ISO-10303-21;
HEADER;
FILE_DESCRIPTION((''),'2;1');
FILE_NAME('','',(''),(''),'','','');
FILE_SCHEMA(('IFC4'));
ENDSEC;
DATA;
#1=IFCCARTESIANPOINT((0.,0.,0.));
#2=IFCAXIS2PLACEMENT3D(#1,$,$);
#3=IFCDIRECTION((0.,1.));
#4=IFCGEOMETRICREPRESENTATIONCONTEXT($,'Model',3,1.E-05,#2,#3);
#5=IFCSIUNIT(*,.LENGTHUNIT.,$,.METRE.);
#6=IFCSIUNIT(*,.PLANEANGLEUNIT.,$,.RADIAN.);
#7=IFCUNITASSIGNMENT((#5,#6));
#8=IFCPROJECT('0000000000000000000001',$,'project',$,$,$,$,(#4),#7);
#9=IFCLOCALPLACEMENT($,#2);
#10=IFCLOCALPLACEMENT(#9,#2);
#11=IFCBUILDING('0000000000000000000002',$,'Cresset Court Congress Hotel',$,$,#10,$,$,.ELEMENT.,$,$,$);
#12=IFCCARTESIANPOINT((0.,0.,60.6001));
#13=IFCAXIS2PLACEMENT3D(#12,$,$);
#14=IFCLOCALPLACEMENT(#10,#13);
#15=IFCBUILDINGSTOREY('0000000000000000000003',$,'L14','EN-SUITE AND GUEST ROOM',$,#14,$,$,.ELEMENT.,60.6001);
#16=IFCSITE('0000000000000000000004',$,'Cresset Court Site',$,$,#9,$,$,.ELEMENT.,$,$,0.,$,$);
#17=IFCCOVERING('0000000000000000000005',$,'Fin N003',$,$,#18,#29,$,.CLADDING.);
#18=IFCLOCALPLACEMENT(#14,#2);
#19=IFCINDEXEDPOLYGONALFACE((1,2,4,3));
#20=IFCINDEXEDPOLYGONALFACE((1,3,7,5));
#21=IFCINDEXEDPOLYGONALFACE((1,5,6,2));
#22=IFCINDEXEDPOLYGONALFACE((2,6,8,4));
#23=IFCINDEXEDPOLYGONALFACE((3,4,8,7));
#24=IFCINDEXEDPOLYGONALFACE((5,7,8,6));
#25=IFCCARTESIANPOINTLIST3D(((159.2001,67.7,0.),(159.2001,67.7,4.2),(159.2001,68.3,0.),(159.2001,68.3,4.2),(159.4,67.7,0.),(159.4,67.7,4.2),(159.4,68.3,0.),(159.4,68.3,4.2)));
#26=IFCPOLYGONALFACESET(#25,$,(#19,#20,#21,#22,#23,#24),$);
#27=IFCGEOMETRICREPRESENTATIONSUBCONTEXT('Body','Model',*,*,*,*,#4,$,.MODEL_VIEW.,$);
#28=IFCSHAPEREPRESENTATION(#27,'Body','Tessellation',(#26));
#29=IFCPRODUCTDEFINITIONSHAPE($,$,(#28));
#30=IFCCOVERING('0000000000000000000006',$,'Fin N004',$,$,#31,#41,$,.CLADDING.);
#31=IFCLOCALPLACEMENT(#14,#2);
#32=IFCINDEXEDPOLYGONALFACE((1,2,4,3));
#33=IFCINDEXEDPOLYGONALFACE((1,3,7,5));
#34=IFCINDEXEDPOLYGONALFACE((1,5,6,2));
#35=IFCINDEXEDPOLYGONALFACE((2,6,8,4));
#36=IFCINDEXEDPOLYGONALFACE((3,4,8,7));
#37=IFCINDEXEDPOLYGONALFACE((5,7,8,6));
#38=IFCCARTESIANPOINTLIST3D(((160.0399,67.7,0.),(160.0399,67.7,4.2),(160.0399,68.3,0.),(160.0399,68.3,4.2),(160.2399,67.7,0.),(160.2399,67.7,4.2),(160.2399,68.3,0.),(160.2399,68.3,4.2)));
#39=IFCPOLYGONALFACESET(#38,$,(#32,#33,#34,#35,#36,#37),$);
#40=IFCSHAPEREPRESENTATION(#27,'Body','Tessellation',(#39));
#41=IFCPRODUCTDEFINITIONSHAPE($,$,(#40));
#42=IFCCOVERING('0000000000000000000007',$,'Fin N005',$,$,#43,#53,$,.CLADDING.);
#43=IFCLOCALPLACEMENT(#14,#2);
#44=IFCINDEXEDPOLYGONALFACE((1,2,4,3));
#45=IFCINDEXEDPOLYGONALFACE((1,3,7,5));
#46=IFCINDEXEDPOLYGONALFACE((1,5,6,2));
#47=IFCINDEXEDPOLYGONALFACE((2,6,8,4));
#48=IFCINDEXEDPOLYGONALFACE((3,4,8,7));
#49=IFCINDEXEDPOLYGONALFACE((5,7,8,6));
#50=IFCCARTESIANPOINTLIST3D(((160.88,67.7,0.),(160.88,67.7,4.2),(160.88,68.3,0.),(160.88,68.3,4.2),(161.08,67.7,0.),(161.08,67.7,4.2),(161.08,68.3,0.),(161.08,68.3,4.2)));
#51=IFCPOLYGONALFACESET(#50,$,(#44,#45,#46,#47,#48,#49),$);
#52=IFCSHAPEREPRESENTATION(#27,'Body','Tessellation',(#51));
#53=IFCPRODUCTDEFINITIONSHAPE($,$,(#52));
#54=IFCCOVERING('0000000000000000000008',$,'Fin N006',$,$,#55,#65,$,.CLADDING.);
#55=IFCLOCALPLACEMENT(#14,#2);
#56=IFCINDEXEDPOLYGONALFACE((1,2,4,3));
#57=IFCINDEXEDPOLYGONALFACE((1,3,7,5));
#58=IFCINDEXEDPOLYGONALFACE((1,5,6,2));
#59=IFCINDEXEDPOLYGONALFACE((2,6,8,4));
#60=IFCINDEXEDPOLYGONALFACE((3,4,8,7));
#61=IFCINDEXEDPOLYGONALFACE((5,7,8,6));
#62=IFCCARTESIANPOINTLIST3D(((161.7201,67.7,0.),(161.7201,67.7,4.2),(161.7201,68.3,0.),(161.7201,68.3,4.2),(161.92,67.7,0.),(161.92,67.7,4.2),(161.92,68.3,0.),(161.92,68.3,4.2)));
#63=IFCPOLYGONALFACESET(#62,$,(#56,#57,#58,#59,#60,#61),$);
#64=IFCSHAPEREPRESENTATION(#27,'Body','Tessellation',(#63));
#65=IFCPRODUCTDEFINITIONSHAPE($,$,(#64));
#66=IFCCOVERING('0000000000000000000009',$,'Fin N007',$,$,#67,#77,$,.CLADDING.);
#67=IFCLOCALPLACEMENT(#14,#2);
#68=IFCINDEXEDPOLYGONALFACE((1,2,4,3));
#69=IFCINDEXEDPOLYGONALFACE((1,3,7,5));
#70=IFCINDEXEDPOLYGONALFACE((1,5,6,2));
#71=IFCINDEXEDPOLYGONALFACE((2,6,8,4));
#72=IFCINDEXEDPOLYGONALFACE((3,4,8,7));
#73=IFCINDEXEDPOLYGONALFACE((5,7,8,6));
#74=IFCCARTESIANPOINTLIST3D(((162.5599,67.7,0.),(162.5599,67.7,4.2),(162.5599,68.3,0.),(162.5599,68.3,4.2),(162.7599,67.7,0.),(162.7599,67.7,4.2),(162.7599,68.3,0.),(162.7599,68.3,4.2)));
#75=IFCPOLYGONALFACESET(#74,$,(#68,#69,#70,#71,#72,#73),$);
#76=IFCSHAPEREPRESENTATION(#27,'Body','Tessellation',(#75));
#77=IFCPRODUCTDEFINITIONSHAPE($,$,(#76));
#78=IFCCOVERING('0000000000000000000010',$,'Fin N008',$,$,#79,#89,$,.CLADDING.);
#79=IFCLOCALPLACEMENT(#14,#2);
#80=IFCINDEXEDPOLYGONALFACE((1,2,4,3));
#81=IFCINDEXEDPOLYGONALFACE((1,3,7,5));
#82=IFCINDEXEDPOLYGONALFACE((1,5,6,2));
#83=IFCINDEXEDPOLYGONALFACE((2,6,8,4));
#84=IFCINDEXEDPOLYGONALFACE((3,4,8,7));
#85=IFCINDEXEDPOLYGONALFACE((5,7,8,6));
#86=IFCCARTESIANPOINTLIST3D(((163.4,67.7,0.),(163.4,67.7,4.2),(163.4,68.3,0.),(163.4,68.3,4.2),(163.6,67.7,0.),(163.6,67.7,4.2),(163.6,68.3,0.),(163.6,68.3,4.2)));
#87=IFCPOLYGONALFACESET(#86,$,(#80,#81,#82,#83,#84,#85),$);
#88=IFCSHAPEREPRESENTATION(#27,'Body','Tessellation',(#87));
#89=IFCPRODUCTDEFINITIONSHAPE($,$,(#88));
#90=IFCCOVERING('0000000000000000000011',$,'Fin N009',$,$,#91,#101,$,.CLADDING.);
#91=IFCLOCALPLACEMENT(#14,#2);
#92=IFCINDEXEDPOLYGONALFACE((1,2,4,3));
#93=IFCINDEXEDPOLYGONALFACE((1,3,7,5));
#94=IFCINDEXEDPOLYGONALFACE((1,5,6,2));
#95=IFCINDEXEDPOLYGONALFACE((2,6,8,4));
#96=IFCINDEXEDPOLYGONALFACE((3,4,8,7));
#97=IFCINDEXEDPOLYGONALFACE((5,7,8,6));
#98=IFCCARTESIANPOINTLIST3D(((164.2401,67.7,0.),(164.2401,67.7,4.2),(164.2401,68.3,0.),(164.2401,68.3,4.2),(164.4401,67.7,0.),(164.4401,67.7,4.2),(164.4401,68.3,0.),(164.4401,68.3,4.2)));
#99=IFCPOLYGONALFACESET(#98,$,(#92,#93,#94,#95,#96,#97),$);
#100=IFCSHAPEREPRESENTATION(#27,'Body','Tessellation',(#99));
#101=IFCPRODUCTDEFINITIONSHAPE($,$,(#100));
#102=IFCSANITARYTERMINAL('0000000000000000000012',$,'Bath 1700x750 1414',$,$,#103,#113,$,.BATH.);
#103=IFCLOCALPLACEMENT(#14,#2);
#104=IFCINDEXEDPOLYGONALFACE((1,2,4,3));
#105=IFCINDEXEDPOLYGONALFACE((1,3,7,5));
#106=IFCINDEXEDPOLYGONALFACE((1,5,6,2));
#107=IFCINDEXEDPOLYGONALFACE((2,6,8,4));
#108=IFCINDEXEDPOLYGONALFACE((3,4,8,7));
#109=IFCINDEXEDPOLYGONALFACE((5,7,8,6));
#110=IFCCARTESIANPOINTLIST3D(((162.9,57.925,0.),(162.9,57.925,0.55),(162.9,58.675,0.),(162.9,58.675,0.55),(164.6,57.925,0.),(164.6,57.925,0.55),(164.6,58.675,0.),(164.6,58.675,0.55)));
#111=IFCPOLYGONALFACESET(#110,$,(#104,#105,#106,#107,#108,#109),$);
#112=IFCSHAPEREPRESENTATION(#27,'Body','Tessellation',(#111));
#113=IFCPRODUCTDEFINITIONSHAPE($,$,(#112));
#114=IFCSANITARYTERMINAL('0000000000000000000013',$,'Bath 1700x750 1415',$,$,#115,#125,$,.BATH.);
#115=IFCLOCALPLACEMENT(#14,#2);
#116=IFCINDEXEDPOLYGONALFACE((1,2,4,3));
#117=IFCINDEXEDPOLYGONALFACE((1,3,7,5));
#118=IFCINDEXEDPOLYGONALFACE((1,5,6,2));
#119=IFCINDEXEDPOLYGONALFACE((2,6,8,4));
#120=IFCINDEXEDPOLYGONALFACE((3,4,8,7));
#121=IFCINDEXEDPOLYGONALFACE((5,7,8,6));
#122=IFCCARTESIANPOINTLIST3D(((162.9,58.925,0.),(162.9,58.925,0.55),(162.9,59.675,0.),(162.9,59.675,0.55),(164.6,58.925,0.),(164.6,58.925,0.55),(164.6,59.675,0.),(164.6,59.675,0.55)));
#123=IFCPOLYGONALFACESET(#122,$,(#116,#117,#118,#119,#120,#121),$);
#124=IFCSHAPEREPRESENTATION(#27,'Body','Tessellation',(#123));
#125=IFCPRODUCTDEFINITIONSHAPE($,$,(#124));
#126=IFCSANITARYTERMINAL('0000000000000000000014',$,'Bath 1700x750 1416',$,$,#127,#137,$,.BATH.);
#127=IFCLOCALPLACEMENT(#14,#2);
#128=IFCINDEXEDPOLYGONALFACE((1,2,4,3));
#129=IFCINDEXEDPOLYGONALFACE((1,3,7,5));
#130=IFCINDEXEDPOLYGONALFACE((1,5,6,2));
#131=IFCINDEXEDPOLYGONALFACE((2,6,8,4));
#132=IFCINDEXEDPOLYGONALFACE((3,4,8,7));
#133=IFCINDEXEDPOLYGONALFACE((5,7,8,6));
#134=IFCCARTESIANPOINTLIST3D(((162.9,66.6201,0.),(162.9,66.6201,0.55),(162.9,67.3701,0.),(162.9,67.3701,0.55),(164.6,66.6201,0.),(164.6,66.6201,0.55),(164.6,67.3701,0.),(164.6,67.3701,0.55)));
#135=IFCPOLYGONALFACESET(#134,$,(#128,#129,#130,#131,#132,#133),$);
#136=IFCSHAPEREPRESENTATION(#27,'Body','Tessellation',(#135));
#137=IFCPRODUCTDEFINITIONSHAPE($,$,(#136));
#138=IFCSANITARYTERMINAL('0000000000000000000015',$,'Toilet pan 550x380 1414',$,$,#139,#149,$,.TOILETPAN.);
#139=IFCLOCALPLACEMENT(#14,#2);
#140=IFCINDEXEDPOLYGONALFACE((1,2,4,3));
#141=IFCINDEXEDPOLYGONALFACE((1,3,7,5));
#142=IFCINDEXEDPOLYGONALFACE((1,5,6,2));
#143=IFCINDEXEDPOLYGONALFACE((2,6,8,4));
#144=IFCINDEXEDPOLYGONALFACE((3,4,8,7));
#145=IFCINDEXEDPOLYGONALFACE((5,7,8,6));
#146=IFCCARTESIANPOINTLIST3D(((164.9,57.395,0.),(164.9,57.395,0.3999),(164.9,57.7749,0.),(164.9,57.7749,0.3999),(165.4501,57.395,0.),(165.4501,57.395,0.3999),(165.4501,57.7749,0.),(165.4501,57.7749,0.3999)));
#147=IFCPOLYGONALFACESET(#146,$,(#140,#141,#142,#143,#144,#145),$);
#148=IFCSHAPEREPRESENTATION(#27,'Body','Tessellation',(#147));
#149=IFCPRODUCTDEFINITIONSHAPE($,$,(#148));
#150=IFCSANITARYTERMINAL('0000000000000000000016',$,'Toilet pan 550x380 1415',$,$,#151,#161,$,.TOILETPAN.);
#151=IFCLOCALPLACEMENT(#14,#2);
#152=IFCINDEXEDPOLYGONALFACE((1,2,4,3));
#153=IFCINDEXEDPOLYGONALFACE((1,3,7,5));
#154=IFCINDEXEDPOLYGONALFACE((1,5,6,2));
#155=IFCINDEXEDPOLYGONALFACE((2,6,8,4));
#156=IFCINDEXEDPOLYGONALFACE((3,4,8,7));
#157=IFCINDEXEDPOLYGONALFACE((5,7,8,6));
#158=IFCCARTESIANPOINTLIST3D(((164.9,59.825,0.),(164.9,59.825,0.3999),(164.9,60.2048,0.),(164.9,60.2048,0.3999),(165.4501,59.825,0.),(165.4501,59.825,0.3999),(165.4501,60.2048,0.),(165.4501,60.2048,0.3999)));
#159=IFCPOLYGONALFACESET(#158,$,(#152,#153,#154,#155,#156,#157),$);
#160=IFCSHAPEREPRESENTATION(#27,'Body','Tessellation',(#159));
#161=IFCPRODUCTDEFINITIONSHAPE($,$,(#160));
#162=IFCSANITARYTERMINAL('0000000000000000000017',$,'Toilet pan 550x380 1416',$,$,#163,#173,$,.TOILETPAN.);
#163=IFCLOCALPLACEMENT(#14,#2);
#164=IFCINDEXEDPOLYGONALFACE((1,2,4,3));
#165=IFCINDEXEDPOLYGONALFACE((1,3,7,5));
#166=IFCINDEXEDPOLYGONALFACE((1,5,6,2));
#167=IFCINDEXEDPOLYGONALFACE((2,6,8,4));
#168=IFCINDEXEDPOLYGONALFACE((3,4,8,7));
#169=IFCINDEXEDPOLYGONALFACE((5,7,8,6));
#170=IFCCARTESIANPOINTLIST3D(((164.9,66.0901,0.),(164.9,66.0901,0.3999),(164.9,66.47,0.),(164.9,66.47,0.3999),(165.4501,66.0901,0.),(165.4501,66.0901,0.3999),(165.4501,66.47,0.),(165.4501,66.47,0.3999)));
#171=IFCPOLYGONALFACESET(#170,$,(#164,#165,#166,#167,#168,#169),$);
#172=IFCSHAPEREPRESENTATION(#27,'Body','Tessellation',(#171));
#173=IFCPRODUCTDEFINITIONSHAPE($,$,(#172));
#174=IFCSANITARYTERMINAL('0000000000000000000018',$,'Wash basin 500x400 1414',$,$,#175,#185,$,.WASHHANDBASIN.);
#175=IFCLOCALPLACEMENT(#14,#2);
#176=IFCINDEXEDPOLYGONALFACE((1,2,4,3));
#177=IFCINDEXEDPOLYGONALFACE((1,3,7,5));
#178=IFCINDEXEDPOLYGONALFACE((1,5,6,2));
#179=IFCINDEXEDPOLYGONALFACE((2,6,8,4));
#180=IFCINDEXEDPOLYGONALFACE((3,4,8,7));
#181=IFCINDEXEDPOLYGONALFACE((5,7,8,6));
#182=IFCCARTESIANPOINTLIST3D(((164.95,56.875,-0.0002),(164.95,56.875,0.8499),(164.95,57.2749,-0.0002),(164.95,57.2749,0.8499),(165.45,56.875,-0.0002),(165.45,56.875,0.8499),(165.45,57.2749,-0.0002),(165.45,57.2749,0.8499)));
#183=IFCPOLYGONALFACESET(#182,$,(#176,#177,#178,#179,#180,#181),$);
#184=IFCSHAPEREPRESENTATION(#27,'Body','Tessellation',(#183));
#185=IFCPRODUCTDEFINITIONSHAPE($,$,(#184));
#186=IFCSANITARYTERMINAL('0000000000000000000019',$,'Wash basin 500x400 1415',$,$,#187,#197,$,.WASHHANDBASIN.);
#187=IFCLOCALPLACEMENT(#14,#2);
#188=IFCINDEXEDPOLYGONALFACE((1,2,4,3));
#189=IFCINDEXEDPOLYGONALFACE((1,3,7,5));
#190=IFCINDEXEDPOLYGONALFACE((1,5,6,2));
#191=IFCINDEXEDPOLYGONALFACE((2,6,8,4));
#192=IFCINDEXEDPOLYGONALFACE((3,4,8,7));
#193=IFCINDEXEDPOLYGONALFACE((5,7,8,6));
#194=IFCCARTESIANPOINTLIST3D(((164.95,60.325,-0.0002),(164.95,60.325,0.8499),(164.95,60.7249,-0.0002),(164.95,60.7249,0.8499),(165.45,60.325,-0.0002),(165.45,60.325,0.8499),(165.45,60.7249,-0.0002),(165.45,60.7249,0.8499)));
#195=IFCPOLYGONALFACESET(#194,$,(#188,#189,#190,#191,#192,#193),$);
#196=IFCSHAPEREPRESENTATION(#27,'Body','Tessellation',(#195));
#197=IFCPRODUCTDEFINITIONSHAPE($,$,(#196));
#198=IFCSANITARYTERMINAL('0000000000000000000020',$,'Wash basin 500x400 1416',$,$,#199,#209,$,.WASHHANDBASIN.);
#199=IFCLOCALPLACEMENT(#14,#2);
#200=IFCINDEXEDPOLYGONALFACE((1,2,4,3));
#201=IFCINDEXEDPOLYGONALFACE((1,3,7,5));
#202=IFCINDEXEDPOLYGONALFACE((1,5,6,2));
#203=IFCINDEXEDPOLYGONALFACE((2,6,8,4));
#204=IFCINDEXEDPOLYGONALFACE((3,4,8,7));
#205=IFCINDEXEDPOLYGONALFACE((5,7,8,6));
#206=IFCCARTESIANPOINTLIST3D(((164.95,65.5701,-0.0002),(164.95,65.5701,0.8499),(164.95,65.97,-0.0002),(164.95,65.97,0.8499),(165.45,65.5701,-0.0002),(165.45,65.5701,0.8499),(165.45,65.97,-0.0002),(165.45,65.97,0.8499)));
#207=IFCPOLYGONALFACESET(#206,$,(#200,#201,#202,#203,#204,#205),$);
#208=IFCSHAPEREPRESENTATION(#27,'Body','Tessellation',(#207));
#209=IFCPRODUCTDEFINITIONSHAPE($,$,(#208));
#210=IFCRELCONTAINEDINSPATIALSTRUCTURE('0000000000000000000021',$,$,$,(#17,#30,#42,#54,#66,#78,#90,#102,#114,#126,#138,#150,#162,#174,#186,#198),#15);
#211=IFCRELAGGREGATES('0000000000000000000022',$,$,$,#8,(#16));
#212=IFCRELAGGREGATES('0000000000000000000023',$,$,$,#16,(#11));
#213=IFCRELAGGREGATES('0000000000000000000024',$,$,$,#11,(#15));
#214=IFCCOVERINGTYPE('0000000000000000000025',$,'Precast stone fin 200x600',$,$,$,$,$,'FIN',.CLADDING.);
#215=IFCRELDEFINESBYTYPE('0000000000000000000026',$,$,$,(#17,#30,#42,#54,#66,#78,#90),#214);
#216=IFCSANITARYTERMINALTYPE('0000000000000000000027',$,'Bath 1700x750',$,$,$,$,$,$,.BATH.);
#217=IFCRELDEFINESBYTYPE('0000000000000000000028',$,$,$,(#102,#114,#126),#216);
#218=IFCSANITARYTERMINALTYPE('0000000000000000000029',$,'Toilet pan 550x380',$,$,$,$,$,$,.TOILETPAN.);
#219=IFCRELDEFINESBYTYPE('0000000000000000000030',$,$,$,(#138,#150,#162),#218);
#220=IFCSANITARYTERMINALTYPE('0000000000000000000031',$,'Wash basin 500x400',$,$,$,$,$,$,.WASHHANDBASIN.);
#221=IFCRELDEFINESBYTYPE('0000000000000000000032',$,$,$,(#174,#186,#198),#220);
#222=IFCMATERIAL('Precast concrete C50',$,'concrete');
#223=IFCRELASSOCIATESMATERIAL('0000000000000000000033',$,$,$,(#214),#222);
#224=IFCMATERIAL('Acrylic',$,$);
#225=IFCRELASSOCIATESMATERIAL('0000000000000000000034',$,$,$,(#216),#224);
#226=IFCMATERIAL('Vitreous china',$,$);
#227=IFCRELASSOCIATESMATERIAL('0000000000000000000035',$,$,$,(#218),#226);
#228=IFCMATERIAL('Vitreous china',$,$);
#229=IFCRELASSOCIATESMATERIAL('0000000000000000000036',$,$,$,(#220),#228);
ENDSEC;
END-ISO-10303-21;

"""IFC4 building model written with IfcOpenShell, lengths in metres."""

from ifc_helpers import new_model, si_unit, direction, frame, origin, origin_2d, place, context, subcontext, project, spatial, rectangle, extrude, material, type_object, element, save


model = new_model("IFC4")

# Units and contexts
model_context = context("Model", 3, precision=1e-05, world=origin(), true_north=direction((0.0, 1.0)))
body_context = subcontext(model_context, "Body", "Model", "MODEL_VIEW")
ifc_project = project(units=[si_unit("LENGTHUNIT", "METRE"), si_unit("PLANEANGLEUNIT", "RADIAN")], contexts=[model_context])

# Site, building, storey
site_placement = place(None, origin())
site = spatial("IfcSite", under=ifc_project, at=site_placement, Name="Cresset Court Site", CompositionType="ELEMENT", RefElevation=0.0)
building_placement = place(site_placement, origin())
building = spatial("IfcBuilding", under=site, at=building_placement, Name="Cresset Court Congress Hotel", CompositionType="ELEMENT")
storey_placement = place(building_placement, frame((0.0, 0.0, 60.6001)))
storey = spatial("IfcBuildingStorey", under=building, at=storey_placement, Name="L14", Description="EN-SUITE AND GUEST ROOM", CompositionType="ELEMENT", Elevation=60.6001)

# Coverings
ifc_material_1 = material(Name="Precast concrete C50", Category="concrete")
covering_type = type_object("IfcCoveringType", Name="Precast stone fin 200x600", ElementType="FIN", PredefinedType="CLADDING", material=ifc_material_1)
for number, where, z_axis, x_axis, name in (
    (1, (159.3, 68.0, 0.0), (0.0, 0.0, 1.0), (1.0, 0.0, 0.0), "Fin N003"),
    (2, (160.1399, 68.0, 0.0), (0.0, 0.0, 1.0), (1.0, 0.0, 0.0), "Fin N004"),
    (3, (160.98, 68.0, 0.0), (0.0, 0.0, 1.0), (1.0, 0.0, 0.0), "Fin N005"),
    (4, (161.8201, 68.0, 0.0), (0.0, 0.0, 1.0), (1.0, 0.0, 0.0), "Fin N006"),
    (5, (162.6599, 68.0, 0.0), (0.0, 0.0, 1.0), (1.0, 0.0, 0.0), "Fin N007"),
    (6, (163.5, 68.0, 0.0), (0.0, 0.0, 1.0), (1.0, 0.0, 0.0), "Fin N008"),
    (7, (164.3401, 68.0, 0.0), (0.0, 0.0, 1.0), (1.0, 0.0, 0.0), "Fin N009"),
):
    element("IfcCovering", number, at=place(storey_placement, frame(where, z_axis=z_axis, x_axis=x_axis)), inside=storey, type_object=covering_type, Name=name, PredefinedType="CLADDING", context=body_context, shape_type="SweptSolid", body=[
        extrude(rectangle(XDim=0.2, YDim=0.6001, at=origin_2d()), origin(), (0.0, 0.0, 1.0), 4.2),
    ])

# Sanitary terminals
ifc_material_2 = material(Name="Acrylic")
sanitary_terminal_type_1 = type_object("IfcSanitaryTerminalType", Name="Bath 1700x750", PredefinedType="BATH", material=ifc_material_2)
for number, where, z_axis, x_axis, name in (
    (8, (163.75, 58.3, 0.0), (0.0, 0.0, 1.0), (1.0, 0.0, 0.0), "Bath 1700x750 1414"),
    (9, (163.75, 59.3, 0.0), (0.0, 0.0, 1.0), (1.0, 0.0, 0.0), "Bath 1700x750 1415"),
    (10, (163.75, 66.9951, 0.0), (0.0, 0.0, 1.0), (1.0, 0.0, 0.0), "Bath 1700x750 1416"),
):
    element("IfcSanitaryTerminal", number, at=place(storey_placement, frame(where, z_axis=z_axis, x_axis=x_axis)), inside=storey, type_object=sanitary_terminal_type_1, Name=name, PredefinedType="BATH", context=body_context, shape_type="SweptSolid", body=[
        extrude(rectangle(XDim=1.7, YDim=0.75, at=origin_2d()), origin(), (0.0, 0.0, 1.0), 0.55),
    ])
ifc_material_3 = material(Name="Vitreous china")
sanitary_terminal_type_2 = type_object("IfcSanitaryTerminalType", Name="Toilet pan 550x380", PredefinedType="TOILETPAN", material=ifc_material_3)
for number, where, z_axis, x_axis, name in (
    (11, (165.175, 57.585, 0.0), (0.0, 0.0, 1.0), (1.0, 0.0, 0.0), "Toilet pan 550x380 1414"),
    (12, (165.175, 60.0149, 0.0), (0.0, 0.0, 1.0), (1.0, 0.0, 0.0), "Toilet pan 550x380 1415"),
    (13, (165.175, 66.28, 0.0), (0.0, 0.0, 1.0), (1.0, 0.0, 0.0), "Toilet pan 550x380 1416"),
):
    element("IfcSanitaryTerminal", number, at=place(storey_placement, frame(where, z_axis=z_axis, x_axis=x_axis)), inside=storey, type_object=sanitary_terminal_type_2, Name=name, PredefinedType="TOILETPAN", context=body_context, shape_type="SweptSolid", body=[
        extrude(rectangle(XDim=0.55, YDim=0.3799, at=origin_2d()), origin(), (0.0, 0.0, 1.0), 0.3999),
    ])
ifc_material_4 = material(Name="Vitreous china")
sanitary_terminal_type_3 = type_object("IfcSanitaryTerminalType", Name="Wash basin 500x400", PredefinedType="WASHHANDBASIN", material=ifc_material_4)
for number, where, z_axis, x_axis, name in (
    (14, (165.2, 57.075, -0.0002), (0.0, 0.0, 1.0), (1.0, 0.0, 0.0), "Wash basin 500x400 1414"),
    (15, (165.2, 60.5249, -0.0002), (0.0, 0.0, 1.0), (1.0, 0.0, 0.0), "Wash basin 500x400 1415"),
    (16, (165.2, 65.77, -0.0002), (0.0, 0.0, 1.0), (1.0, 0.0, 0.0), "Wash basin 500x400 1416"),
):
    element("IfcSanitaryTerminal", number, at=place(storey_placement, frame(where, z_axis=z_axis, x_axis=x_axis)), inside=storey, type_object=sanitary_terminal_type_3, Name=name, PredefinedType="WASHHANDBASIN", context=body_context, shape_type="SweptSolid", body=[
        extrude(rectangle(XDim=0.5, YDim=0.3999, at=origin_2d()), origin(), (0.0, 0.0, 1.0), 0.8501),
    ])

save(model, "model.ifc")
